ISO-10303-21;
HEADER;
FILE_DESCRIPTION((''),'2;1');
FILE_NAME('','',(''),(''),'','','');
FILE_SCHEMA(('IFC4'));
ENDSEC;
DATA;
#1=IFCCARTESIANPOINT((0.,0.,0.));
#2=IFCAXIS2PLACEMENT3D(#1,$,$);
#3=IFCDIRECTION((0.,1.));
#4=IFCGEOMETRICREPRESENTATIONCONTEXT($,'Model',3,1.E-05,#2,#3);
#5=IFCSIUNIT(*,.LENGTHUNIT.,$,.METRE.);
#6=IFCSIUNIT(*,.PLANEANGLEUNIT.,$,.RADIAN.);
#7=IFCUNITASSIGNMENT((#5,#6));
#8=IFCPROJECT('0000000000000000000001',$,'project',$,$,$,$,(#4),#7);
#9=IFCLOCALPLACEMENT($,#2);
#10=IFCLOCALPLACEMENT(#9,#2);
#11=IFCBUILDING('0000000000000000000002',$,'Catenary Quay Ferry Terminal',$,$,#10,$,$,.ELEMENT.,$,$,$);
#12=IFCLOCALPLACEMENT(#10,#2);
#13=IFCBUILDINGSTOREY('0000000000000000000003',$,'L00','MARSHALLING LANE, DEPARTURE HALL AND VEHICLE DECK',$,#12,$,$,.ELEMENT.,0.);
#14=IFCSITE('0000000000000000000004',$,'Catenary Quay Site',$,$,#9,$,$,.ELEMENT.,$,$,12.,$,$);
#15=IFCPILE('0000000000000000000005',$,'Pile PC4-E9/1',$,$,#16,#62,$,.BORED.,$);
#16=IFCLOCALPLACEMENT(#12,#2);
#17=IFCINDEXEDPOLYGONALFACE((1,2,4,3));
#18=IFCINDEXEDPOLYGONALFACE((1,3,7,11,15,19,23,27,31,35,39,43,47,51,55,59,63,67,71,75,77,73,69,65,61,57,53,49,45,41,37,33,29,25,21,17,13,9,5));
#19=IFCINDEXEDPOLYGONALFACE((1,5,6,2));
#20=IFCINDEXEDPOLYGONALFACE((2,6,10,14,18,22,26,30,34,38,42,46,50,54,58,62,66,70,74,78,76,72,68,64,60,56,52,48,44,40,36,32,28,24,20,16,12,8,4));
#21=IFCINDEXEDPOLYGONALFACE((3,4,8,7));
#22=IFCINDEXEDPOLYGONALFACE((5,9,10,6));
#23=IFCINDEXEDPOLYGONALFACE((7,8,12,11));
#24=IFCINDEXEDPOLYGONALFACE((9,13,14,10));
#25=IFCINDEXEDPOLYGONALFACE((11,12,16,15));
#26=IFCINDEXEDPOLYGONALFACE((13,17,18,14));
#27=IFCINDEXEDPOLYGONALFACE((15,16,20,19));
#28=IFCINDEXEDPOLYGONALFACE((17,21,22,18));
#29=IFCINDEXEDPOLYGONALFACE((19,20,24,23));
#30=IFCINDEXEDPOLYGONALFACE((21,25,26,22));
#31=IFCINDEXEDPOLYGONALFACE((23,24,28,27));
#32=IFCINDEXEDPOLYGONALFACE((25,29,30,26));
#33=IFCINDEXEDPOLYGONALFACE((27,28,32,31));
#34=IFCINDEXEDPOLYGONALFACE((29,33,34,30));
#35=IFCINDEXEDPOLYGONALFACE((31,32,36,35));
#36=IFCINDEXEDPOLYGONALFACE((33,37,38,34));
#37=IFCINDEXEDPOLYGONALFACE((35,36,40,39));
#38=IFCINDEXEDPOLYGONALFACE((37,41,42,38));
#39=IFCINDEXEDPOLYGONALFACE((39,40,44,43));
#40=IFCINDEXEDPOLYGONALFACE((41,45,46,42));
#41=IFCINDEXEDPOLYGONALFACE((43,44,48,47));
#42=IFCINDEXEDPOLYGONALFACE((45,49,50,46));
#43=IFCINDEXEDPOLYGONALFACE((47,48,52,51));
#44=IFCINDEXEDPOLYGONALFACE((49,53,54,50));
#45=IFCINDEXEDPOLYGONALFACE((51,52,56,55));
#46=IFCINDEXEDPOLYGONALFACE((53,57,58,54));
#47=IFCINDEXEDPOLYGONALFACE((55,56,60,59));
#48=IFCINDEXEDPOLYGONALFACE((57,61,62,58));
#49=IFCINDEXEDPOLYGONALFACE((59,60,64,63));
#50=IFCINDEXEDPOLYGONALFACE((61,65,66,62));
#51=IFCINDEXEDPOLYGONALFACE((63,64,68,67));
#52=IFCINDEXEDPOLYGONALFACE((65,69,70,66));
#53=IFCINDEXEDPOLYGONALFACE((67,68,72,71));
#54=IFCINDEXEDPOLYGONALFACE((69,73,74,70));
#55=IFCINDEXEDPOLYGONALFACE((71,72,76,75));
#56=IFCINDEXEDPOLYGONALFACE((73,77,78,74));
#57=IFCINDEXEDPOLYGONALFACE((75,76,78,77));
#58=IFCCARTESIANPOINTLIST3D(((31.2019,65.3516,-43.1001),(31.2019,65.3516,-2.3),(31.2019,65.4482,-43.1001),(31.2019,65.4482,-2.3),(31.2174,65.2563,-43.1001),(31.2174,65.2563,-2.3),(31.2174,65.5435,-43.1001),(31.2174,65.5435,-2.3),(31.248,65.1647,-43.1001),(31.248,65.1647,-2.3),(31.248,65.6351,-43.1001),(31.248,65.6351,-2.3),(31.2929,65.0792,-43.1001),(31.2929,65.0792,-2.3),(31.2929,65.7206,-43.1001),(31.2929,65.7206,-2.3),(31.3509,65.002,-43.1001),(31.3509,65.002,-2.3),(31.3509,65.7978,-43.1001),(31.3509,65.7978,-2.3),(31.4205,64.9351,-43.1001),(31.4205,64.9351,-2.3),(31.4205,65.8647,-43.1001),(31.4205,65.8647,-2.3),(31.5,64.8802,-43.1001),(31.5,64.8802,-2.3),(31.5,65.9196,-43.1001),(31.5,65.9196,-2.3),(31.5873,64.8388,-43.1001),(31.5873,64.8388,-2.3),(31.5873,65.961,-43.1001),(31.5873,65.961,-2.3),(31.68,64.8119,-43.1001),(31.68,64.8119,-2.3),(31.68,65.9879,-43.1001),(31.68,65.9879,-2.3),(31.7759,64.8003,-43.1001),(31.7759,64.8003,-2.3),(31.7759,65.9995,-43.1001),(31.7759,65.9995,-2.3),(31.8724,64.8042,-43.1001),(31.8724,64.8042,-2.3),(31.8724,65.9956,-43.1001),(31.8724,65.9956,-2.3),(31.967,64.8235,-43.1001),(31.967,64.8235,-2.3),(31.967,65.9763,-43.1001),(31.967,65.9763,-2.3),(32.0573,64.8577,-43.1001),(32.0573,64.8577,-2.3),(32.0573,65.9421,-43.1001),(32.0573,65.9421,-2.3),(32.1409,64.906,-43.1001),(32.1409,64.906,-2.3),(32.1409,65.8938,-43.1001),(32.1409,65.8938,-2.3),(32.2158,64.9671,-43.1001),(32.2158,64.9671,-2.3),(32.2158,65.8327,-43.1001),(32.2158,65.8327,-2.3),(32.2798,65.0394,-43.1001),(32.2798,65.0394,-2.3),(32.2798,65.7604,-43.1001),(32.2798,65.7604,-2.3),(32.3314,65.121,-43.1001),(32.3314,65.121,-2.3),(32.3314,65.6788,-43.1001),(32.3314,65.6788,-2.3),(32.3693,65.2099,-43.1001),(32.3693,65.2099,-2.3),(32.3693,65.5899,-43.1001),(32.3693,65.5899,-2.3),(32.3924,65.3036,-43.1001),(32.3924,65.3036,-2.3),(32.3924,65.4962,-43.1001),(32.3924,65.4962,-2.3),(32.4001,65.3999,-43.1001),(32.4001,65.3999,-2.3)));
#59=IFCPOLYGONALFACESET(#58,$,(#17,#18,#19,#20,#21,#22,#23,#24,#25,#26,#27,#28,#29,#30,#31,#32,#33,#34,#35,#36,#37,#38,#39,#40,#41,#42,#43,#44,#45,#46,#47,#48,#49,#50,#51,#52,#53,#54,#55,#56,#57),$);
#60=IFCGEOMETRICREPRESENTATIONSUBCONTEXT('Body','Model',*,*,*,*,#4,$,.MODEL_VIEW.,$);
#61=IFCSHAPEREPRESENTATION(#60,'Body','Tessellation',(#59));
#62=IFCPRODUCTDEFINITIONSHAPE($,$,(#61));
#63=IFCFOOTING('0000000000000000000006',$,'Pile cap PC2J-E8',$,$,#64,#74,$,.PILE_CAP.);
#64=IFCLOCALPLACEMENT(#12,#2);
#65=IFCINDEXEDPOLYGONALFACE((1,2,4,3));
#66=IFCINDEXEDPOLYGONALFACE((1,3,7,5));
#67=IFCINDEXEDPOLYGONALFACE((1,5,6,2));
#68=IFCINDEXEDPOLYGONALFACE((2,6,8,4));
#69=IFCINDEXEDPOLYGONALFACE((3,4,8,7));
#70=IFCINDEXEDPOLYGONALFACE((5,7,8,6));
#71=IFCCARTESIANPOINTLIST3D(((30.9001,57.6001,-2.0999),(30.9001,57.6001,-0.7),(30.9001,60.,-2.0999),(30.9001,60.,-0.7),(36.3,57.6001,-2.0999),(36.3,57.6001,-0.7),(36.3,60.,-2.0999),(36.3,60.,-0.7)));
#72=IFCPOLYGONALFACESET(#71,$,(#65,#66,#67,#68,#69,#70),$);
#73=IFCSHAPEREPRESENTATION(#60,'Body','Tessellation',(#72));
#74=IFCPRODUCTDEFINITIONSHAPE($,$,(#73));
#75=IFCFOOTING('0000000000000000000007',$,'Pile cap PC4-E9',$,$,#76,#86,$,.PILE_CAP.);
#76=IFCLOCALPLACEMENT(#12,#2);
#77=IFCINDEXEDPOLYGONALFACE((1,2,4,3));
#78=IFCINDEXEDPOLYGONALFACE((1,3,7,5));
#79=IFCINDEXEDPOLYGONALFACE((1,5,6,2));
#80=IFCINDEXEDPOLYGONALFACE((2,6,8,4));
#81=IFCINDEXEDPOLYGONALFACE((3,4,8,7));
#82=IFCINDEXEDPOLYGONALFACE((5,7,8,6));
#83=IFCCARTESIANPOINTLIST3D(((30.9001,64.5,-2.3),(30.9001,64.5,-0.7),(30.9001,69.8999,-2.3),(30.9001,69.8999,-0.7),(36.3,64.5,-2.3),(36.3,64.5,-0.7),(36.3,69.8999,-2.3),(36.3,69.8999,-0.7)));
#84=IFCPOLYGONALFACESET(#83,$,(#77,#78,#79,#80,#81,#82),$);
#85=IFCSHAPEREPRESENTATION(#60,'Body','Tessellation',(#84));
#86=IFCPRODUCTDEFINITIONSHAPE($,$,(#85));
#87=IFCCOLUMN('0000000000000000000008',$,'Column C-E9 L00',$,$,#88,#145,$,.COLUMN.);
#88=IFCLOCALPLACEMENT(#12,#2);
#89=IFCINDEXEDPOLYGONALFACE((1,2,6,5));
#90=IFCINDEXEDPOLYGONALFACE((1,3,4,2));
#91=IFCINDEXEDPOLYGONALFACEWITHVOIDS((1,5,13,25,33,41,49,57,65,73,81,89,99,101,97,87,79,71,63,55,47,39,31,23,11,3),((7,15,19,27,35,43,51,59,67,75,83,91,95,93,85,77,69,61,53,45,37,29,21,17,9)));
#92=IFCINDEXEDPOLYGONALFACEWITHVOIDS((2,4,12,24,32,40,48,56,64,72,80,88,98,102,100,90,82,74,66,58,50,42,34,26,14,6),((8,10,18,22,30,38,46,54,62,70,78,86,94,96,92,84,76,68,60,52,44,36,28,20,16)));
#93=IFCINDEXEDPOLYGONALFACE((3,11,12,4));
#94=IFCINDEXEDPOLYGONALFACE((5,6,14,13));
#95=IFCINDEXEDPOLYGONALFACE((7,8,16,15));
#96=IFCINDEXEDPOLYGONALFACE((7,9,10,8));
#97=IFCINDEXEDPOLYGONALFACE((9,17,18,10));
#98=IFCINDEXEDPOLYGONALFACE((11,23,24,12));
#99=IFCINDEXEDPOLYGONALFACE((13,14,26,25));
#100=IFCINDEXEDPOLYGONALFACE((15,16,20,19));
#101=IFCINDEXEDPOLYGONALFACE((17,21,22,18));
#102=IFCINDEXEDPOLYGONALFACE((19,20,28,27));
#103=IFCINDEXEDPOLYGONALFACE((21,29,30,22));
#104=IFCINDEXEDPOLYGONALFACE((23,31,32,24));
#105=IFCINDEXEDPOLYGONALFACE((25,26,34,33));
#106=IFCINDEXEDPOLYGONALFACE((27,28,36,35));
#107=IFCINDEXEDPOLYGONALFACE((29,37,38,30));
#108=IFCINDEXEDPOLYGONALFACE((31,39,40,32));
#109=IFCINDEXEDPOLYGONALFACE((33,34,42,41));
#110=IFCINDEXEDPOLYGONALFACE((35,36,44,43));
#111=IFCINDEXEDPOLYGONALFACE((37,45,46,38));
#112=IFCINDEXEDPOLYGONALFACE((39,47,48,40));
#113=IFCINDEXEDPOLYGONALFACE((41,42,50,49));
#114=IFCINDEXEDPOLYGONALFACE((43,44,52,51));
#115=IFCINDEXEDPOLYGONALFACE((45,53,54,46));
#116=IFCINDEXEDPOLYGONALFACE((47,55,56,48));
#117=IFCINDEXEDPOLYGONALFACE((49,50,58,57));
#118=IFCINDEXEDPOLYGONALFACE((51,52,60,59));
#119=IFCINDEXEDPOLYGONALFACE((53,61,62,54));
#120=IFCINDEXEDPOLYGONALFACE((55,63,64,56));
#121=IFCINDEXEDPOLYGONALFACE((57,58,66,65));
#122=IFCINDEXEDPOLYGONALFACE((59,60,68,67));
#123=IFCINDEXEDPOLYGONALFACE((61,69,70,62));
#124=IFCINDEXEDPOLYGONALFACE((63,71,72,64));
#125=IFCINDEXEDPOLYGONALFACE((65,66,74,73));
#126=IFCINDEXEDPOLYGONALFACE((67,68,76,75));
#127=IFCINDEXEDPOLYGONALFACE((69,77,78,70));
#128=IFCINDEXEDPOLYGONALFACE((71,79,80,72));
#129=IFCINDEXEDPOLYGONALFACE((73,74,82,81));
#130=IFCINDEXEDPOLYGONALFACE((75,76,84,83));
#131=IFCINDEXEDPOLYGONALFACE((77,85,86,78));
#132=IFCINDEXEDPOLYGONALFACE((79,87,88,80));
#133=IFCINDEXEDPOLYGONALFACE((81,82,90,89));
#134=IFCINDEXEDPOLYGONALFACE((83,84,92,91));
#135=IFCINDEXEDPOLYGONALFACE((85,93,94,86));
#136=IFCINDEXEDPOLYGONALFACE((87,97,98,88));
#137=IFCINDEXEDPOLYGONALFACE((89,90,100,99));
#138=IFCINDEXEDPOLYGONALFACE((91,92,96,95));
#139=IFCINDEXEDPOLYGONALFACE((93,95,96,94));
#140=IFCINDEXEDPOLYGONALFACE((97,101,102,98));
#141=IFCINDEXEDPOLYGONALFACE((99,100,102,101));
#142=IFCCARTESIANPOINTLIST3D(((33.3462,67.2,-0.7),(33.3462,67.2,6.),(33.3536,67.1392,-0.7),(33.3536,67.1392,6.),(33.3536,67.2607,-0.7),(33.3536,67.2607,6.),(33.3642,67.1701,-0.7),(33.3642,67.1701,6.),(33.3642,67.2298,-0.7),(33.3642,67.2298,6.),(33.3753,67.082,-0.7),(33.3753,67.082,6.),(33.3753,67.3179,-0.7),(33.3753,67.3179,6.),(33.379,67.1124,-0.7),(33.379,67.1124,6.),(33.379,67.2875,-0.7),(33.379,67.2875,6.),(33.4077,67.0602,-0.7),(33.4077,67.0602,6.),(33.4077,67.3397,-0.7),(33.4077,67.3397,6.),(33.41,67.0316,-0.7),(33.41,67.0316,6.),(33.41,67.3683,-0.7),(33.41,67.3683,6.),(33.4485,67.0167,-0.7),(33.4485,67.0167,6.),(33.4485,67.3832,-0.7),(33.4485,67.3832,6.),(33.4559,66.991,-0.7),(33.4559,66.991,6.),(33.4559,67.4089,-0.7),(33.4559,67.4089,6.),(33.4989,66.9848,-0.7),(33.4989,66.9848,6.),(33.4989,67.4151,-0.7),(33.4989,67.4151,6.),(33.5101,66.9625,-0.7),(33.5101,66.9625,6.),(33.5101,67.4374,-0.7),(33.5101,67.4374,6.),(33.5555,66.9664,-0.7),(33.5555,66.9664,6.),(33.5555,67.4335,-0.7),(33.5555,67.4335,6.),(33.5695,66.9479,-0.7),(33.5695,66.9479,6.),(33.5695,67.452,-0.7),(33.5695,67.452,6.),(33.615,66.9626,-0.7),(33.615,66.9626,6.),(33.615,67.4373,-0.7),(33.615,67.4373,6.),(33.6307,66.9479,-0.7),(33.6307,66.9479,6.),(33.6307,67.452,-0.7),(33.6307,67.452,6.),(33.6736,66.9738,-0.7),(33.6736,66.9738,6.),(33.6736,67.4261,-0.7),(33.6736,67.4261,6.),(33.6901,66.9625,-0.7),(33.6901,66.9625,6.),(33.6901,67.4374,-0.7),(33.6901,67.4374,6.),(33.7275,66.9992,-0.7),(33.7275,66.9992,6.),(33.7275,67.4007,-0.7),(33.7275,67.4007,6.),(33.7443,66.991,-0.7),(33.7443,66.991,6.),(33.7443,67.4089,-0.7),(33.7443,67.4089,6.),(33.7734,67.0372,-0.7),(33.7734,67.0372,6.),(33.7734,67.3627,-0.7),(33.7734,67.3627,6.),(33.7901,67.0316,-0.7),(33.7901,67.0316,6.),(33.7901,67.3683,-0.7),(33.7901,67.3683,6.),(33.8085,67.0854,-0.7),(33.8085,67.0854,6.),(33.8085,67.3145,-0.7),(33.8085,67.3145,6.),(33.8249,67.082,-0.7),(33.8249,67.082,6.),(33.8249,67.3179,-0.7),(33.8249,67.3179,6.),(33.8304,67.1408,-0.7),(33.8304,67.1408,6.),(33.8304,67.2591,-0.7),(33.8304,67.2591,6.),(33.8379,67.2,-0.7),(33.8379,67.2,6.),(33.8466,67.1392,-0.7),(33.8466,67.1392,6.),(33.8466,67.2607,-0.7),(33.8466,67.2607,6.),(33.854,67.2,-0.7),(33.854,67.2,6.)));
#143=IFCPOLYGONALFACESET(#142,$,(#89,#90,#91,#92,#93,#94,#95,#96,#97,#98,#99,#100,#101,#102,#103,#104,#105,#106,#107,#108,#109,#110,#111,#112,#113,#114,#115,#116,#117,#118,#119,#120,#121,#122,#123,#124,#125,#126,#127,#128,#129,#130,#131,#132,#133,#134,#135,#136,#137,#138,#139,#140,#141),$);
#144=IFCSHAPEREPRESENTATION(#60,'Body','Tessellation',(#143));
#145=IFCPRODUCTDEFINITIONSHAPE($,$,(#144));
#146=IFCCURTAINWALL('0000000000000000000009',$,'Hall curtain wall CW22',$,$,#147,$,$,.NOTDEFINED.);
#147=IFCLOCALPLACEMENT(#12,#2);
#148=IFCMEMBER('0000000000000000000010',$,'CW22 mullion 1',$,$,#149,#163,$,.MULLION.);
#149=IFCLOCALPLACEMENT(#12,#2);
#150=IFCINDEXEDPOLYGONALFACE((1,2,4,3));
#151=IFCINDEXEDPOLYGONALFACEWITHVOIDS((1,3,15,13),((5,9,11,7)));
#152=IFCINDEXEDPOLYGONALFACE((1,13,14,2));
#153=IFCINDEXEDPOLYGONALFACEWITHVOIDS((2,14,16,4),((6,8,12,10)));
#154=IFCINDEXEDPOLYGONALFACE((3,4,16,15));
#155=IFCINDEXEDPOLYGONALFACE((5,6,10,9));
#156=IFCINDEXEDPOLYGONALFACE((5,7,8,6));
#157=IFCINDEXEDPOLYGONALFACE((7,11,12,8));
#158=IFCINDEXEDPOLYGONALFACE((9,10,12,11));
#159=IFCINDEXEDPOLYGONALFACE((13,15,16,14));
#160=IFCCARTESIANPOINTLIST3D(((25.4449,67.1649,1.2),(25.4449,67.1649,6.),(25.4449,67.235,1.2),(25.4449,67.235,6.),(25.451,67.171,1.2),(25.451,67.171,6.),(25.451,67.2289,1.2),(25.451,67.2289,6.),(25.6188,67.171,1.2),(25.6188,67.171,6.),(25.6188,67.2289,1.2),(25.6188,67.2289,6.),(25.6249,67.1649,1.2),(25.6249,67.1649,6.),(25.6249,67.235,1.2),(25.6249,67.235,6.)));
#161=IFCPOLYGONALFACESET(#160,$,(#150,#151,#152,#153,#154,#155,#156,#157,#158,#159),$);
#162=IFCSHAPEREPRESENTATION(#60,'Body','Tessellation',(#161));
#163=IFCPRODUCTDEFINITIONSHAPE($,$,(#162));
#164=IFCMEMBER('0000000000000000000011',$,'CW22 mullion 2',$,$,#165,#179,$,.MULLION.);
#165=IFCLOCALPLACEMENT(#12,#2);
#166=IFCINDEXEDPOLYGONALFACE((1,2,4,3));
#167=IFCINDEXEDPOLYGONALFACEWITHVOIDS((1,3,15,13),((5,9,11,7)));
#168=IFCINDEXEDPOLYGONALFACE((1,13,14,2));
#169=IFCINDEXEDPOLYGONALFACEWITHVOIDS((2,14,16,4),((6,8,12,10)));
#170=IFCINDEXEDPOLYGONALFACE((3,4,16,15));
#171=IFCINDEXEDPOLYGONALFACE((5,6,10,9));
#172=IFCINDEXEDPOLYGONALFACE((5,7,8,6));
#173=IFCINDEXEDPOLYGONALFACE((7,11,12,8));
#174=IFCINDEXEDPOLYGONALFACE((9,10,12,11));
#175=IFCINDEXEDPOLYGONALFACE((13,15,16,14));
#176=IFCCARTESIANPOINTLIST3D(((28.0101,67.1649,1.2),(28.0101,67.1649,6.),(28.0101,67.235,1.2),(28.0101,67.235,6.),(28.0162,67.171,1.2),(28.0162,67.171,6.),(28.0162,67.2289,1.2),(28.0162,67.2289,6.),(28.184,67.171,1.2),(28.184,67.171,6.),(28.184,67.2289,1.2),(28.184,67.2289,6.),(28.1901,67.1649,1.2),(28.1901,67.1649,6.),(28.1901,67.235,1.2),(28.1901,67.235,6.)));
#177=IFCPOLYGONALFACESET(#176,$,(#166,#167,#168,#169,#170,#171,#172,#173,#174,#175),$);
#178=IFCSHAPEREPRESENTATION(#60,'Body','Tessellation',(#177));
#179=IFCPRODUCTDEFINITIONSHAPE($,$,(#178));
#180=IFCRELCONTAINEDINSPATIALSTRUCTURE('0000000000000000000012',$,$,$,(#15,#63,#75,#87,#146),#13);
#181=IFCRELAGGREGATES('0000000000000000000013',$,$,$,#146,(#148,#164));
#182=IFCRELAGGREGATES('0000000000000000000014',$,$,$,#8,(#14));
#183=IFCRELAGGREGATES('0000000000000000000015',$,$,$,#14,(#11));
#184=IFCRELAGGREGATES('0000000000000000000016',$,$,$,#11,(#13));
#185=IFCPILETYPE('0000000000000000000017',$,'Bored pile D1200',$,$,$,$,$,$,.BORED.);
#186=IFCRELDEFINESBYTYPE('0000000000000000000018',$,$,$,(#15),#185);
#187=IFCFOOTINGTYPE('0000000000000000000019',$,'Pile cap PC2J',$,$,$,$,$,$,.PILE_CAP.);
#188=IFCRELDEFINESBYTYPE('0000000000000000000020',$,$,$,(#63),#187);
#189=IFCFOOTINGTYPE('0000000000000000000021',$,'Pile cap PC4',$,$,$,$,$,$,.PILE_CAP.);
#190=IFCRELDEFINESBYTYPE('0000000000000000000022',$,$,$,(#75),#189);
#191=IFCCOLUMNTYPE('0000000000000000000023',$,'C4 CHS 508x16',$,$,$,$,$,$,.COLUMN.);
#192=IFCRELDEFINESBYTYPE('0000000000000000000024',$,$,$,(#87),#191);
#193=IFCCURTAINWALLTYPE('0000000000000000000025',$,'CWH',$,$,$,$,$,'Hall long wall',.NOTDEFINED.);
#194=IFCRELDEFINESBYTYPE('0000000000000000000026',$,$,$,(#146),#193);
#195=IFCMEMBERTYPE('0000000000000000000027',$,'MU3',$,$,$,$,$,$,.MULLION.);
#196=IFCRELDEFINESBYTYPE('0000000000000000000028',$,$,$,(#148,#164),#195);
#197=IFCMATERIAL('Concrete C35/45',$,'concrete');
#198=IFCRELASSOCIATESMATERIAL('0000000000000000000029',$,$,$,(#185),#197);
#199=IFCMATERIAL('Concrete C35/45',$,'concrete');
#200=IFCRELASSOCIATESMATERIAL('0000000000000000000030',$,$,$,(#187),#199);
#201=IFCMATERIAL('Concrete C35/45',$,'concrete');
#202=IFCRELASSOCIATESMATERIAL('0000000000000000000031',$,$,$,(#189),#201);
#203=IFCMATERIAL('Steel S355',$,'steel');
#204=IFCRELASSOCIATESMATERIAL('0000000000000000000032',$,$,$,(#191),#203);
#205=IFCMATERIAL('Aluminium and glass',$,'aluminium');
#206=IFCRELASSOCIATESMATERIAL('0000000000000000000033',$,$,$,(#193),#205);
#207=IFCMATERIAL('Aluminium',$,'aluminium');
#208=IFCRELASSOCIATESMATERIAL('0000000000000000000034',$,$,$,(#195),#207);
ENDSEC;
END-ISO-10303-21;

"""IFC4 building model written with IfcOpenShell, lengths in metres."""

from ifc_helpers import new_model, si_unit, direction, frame, origin, origin_2d, place, context, subcontext, project, spatial, rectangle, hollow_rectangle, circle, hollow_circle, extrude, material, material_profile, profile_set, type_object, element, aggregate, save


model = new_model("IFC4")

# Units and contexts
model_context = context("Model", 3, precision=1e-05, world=origin(), true_north=direction((0.0, 1.0)))
body_context = subcontext(model_context, "Body", "Model", "MODEL_VIEW")
ifc_project = project(units=[si_unit("LENGTHUNIT", "METRE"), si_unit("PLANEANGLEUNIT", "RADIAN")], contexts=[model_context])

# Site, building, storey
site_placement = place(None, origin())
site = spatial("IfcSite", under=ifc_project, at=site_placement, Name="Catenary Quay Site", CompositionType="ELEMENT", RefElevation=12.0)
building_placement = place(site_placement, origin())
building = spatial("IfcBuilding", under=site, at=building_placement, Name="Catenary Quay Ferry Terminal", CompositionType="ELEMENT")
storey_placement = place(building_placement, origin())
storey = spatial("IfcBuildingStorey", under=building, at=storey_placement, Name="L00", Description="MARSHALLING LANE, DEPARTURE HALL AND VEHICLE DECK", CompositionType="ELEMENT", Elevation=0.0)

# Pile
ifc_material_1 = material(Name="Concrete C35/45", Category="concrete")
ifc_material_profile_1 = material_profile(ifc_material_1, circle(Radius=0.6001, at=origin_2d()), Name="D1200")
ifc_profile_set_1 = profile_set([ifc_material_profile_1], Name="Concrete C35/45")
pile_type = type_object("IfcPileType", Name="Bored pile D1200", PredefinedType="BORED", material=ifc_profile_set_1)
for number, where, z_axis, x_axis, name in (
    (1, (31.8, 65.3999, -2.3), (0.0, 0.0, -1.0), (1.0, 0.0, 0.0), "Pile PC4-E9/1"),
):
    element("IfcPile", number, at=place(storey_placement, frame(where, z_axis=z_axis, x_axis=x_axis)), inside=storey, type_object=pile_type, Name=name, PredefinedType="BORED", context=body_context, shape_type="SweptSolid", body=[
        extrude(circle(Radius=0.6001, at=origin_2d()), origin(), (0.0, 0.0, 1.0), 40.8),
    ])

# Footings
ifc_material_2 = material(Name="Concrete C35/45", Category="concrete")
footing_type_1 = type_object("IfcFootingType", Name="Pile cap PC2J", PredefinedType="PILE_CAP", material=ifc_material_2)
footing_1_placement = place(storey_placement, frame((33.6001, 58.8, -2.0999), z_axis=(0.0, 0.0, 1.0), x_axis=(1.0, 0.0, 0.0)))
element("IfcFooting", 2, at=footing_1_placement, inside=storey, type_object=footing_type_1, Name="Pile cap PC2J-E8", PredefinedType="PILE_CAP", context=body_context, shape_type="SweptSolid", body=[
    extrude(rectangle(XDim=5.3999, YDim=2.3999, at=origin_2d()), origin(), (0.0, 0.0, 1.0), 1.3999),
])
ifc_material_3 = material(Name="Concrete C35/45", Category="concrete")
footing_type_2 = type_object("IfcFootingType", Name="Pile cap PC4", PredefinedType="PILE_CAP", material=ifc_material_3)
footing_2_placement = place(storey_placement, frame((33.6001, 67.2, -2.3), z_axis=(0.0, 0.0, 1.0), x_axis=(1.0, 0.0, 0.0)))
element("IfcFooting", 3, at=footing_2_placement, inside=storey, type_object=footing_type_2, Name="Pile cap PC4-E9", PredefinedType="PILE_CAP", context=body_context, shape_type="SweptSolid", body=[
    extrude(rectangle(XDim=5.3999, YDim=5.3999, at=origin_2d()), origin(), (0.0, 0.0, 1.0), 1.6001),
])

# Column
ifc_material_4 = material(Name="Steel S355", Category="steel")
ifc_material_profile_2 = material_profile(ifc_material_4, hollow_circle(Radius=0.2539, WallThickness=0.0161, at=origin_2d()), Name="CHS 508x16")
ifc_profile_set_2 = profile_set([ifc_material_profile_2], Name="Steel S355")
column_type = type_object("IfcColumnType", Name="C4 CHS 508x16", PredefinedType="COLUMN", material=ifc_profile_set_2)
column_placement = place(storey_placement, frame((33.6001, 67.2, -0.7), z_axis=(0.0, 0.0, 1.0), x_axis=(1.0, 0.0, 0.0)))
element("IfcColumn", 4, at=column_placement, inside=storey, type_object=column_type, Name="Column C-E9 L00", PredefinedType="COLUMN", context=body_context, shape_type="SweptSolid", body=[
    extrude(hollow_circle(Radius=0.2539, WallThickness=0.0161, at=origin_2d()), origin(), (0.0, 0.0, 1.0), 6.7),
])

# Curtain wall, members
ifc_material_5 = material(Name="Aluminium and glass", Category="aluminium")
curtain_wall_type = type_object("IfcCurtainWallType", Name="CWH", ElementType="Hall long wall", PredefinedType="NOTDEFINED", material=ifc_material_5)
curtain_wall_placement = place(storey_placement, origin())
curtain_wall = element("IfcCurtainWall", 5, at=curtain_wall_placement, inside=storey, type_object=curtain_wall_type, Name="Hall curtain wall CW22", PredefinedType="NOTDEFINED")
ifc_material_6 = material(Name="Aluminium", Category="aluminium")
ifc_material_profile_3 = material_profile(ifc_material_6, hollow_rectangle(XDim=0.0701, YDim=0.1799, WallThickness=0.0061, at=origin_2d()), Name="MU3")
ifc_profile_set_3 = profile_set([ifc_material_profile_3], Name="Aluminium")
member_type_1 = type_object("IfcMemberType", Name="MU3", PredefinedType="MULLION", material=ifc_profile_set_3)
member_1_placement = place(storey_placement, frame((25.5349, 67.2, 1.2), z_axis=(0.0, 0.0, 1.0), x_axis=(0.0, 1.0, 0.0)))
member_1 = element("IfcMember", 6, at=member_1_placement, type_object=member_type_1, Name="CW22 mullion 1", PredefinedType="MULLION", context=body_context, shape_type="SweptSolid", body=[
    extrude(hollow_rectangle(XDim=0.0701, YDim=0.1799, WallThickness=0.0061, at=origin_2d()), origin(), (0.0, 0.0, 1.0), 4.8),
])
member_2_placement = place(storey_placement, frame((28.1001, 67.2, 1.2), z_axis=(0.0, 0.0, 1.0), x_axis=(0.0, 1.0, 0.0)))
member_2 = element("IfcMember", 7, at=member_2_placement, type_object=member_type_1, Name="CW22 mullion 2", PredefinedType="MULLION", context=body_context, shape_type="SweptSolid", body=[
    extrude(hollow_rectangle(XDim=0.0701, YDim=0.1799, WallThickness=0.0061, at=origin_2d()), origin(), (0.0, 0.0, 1.0), 4.8),
])
aggregate(curtain_wall, [member_1, member_2])

save(model, "model.ifc")
